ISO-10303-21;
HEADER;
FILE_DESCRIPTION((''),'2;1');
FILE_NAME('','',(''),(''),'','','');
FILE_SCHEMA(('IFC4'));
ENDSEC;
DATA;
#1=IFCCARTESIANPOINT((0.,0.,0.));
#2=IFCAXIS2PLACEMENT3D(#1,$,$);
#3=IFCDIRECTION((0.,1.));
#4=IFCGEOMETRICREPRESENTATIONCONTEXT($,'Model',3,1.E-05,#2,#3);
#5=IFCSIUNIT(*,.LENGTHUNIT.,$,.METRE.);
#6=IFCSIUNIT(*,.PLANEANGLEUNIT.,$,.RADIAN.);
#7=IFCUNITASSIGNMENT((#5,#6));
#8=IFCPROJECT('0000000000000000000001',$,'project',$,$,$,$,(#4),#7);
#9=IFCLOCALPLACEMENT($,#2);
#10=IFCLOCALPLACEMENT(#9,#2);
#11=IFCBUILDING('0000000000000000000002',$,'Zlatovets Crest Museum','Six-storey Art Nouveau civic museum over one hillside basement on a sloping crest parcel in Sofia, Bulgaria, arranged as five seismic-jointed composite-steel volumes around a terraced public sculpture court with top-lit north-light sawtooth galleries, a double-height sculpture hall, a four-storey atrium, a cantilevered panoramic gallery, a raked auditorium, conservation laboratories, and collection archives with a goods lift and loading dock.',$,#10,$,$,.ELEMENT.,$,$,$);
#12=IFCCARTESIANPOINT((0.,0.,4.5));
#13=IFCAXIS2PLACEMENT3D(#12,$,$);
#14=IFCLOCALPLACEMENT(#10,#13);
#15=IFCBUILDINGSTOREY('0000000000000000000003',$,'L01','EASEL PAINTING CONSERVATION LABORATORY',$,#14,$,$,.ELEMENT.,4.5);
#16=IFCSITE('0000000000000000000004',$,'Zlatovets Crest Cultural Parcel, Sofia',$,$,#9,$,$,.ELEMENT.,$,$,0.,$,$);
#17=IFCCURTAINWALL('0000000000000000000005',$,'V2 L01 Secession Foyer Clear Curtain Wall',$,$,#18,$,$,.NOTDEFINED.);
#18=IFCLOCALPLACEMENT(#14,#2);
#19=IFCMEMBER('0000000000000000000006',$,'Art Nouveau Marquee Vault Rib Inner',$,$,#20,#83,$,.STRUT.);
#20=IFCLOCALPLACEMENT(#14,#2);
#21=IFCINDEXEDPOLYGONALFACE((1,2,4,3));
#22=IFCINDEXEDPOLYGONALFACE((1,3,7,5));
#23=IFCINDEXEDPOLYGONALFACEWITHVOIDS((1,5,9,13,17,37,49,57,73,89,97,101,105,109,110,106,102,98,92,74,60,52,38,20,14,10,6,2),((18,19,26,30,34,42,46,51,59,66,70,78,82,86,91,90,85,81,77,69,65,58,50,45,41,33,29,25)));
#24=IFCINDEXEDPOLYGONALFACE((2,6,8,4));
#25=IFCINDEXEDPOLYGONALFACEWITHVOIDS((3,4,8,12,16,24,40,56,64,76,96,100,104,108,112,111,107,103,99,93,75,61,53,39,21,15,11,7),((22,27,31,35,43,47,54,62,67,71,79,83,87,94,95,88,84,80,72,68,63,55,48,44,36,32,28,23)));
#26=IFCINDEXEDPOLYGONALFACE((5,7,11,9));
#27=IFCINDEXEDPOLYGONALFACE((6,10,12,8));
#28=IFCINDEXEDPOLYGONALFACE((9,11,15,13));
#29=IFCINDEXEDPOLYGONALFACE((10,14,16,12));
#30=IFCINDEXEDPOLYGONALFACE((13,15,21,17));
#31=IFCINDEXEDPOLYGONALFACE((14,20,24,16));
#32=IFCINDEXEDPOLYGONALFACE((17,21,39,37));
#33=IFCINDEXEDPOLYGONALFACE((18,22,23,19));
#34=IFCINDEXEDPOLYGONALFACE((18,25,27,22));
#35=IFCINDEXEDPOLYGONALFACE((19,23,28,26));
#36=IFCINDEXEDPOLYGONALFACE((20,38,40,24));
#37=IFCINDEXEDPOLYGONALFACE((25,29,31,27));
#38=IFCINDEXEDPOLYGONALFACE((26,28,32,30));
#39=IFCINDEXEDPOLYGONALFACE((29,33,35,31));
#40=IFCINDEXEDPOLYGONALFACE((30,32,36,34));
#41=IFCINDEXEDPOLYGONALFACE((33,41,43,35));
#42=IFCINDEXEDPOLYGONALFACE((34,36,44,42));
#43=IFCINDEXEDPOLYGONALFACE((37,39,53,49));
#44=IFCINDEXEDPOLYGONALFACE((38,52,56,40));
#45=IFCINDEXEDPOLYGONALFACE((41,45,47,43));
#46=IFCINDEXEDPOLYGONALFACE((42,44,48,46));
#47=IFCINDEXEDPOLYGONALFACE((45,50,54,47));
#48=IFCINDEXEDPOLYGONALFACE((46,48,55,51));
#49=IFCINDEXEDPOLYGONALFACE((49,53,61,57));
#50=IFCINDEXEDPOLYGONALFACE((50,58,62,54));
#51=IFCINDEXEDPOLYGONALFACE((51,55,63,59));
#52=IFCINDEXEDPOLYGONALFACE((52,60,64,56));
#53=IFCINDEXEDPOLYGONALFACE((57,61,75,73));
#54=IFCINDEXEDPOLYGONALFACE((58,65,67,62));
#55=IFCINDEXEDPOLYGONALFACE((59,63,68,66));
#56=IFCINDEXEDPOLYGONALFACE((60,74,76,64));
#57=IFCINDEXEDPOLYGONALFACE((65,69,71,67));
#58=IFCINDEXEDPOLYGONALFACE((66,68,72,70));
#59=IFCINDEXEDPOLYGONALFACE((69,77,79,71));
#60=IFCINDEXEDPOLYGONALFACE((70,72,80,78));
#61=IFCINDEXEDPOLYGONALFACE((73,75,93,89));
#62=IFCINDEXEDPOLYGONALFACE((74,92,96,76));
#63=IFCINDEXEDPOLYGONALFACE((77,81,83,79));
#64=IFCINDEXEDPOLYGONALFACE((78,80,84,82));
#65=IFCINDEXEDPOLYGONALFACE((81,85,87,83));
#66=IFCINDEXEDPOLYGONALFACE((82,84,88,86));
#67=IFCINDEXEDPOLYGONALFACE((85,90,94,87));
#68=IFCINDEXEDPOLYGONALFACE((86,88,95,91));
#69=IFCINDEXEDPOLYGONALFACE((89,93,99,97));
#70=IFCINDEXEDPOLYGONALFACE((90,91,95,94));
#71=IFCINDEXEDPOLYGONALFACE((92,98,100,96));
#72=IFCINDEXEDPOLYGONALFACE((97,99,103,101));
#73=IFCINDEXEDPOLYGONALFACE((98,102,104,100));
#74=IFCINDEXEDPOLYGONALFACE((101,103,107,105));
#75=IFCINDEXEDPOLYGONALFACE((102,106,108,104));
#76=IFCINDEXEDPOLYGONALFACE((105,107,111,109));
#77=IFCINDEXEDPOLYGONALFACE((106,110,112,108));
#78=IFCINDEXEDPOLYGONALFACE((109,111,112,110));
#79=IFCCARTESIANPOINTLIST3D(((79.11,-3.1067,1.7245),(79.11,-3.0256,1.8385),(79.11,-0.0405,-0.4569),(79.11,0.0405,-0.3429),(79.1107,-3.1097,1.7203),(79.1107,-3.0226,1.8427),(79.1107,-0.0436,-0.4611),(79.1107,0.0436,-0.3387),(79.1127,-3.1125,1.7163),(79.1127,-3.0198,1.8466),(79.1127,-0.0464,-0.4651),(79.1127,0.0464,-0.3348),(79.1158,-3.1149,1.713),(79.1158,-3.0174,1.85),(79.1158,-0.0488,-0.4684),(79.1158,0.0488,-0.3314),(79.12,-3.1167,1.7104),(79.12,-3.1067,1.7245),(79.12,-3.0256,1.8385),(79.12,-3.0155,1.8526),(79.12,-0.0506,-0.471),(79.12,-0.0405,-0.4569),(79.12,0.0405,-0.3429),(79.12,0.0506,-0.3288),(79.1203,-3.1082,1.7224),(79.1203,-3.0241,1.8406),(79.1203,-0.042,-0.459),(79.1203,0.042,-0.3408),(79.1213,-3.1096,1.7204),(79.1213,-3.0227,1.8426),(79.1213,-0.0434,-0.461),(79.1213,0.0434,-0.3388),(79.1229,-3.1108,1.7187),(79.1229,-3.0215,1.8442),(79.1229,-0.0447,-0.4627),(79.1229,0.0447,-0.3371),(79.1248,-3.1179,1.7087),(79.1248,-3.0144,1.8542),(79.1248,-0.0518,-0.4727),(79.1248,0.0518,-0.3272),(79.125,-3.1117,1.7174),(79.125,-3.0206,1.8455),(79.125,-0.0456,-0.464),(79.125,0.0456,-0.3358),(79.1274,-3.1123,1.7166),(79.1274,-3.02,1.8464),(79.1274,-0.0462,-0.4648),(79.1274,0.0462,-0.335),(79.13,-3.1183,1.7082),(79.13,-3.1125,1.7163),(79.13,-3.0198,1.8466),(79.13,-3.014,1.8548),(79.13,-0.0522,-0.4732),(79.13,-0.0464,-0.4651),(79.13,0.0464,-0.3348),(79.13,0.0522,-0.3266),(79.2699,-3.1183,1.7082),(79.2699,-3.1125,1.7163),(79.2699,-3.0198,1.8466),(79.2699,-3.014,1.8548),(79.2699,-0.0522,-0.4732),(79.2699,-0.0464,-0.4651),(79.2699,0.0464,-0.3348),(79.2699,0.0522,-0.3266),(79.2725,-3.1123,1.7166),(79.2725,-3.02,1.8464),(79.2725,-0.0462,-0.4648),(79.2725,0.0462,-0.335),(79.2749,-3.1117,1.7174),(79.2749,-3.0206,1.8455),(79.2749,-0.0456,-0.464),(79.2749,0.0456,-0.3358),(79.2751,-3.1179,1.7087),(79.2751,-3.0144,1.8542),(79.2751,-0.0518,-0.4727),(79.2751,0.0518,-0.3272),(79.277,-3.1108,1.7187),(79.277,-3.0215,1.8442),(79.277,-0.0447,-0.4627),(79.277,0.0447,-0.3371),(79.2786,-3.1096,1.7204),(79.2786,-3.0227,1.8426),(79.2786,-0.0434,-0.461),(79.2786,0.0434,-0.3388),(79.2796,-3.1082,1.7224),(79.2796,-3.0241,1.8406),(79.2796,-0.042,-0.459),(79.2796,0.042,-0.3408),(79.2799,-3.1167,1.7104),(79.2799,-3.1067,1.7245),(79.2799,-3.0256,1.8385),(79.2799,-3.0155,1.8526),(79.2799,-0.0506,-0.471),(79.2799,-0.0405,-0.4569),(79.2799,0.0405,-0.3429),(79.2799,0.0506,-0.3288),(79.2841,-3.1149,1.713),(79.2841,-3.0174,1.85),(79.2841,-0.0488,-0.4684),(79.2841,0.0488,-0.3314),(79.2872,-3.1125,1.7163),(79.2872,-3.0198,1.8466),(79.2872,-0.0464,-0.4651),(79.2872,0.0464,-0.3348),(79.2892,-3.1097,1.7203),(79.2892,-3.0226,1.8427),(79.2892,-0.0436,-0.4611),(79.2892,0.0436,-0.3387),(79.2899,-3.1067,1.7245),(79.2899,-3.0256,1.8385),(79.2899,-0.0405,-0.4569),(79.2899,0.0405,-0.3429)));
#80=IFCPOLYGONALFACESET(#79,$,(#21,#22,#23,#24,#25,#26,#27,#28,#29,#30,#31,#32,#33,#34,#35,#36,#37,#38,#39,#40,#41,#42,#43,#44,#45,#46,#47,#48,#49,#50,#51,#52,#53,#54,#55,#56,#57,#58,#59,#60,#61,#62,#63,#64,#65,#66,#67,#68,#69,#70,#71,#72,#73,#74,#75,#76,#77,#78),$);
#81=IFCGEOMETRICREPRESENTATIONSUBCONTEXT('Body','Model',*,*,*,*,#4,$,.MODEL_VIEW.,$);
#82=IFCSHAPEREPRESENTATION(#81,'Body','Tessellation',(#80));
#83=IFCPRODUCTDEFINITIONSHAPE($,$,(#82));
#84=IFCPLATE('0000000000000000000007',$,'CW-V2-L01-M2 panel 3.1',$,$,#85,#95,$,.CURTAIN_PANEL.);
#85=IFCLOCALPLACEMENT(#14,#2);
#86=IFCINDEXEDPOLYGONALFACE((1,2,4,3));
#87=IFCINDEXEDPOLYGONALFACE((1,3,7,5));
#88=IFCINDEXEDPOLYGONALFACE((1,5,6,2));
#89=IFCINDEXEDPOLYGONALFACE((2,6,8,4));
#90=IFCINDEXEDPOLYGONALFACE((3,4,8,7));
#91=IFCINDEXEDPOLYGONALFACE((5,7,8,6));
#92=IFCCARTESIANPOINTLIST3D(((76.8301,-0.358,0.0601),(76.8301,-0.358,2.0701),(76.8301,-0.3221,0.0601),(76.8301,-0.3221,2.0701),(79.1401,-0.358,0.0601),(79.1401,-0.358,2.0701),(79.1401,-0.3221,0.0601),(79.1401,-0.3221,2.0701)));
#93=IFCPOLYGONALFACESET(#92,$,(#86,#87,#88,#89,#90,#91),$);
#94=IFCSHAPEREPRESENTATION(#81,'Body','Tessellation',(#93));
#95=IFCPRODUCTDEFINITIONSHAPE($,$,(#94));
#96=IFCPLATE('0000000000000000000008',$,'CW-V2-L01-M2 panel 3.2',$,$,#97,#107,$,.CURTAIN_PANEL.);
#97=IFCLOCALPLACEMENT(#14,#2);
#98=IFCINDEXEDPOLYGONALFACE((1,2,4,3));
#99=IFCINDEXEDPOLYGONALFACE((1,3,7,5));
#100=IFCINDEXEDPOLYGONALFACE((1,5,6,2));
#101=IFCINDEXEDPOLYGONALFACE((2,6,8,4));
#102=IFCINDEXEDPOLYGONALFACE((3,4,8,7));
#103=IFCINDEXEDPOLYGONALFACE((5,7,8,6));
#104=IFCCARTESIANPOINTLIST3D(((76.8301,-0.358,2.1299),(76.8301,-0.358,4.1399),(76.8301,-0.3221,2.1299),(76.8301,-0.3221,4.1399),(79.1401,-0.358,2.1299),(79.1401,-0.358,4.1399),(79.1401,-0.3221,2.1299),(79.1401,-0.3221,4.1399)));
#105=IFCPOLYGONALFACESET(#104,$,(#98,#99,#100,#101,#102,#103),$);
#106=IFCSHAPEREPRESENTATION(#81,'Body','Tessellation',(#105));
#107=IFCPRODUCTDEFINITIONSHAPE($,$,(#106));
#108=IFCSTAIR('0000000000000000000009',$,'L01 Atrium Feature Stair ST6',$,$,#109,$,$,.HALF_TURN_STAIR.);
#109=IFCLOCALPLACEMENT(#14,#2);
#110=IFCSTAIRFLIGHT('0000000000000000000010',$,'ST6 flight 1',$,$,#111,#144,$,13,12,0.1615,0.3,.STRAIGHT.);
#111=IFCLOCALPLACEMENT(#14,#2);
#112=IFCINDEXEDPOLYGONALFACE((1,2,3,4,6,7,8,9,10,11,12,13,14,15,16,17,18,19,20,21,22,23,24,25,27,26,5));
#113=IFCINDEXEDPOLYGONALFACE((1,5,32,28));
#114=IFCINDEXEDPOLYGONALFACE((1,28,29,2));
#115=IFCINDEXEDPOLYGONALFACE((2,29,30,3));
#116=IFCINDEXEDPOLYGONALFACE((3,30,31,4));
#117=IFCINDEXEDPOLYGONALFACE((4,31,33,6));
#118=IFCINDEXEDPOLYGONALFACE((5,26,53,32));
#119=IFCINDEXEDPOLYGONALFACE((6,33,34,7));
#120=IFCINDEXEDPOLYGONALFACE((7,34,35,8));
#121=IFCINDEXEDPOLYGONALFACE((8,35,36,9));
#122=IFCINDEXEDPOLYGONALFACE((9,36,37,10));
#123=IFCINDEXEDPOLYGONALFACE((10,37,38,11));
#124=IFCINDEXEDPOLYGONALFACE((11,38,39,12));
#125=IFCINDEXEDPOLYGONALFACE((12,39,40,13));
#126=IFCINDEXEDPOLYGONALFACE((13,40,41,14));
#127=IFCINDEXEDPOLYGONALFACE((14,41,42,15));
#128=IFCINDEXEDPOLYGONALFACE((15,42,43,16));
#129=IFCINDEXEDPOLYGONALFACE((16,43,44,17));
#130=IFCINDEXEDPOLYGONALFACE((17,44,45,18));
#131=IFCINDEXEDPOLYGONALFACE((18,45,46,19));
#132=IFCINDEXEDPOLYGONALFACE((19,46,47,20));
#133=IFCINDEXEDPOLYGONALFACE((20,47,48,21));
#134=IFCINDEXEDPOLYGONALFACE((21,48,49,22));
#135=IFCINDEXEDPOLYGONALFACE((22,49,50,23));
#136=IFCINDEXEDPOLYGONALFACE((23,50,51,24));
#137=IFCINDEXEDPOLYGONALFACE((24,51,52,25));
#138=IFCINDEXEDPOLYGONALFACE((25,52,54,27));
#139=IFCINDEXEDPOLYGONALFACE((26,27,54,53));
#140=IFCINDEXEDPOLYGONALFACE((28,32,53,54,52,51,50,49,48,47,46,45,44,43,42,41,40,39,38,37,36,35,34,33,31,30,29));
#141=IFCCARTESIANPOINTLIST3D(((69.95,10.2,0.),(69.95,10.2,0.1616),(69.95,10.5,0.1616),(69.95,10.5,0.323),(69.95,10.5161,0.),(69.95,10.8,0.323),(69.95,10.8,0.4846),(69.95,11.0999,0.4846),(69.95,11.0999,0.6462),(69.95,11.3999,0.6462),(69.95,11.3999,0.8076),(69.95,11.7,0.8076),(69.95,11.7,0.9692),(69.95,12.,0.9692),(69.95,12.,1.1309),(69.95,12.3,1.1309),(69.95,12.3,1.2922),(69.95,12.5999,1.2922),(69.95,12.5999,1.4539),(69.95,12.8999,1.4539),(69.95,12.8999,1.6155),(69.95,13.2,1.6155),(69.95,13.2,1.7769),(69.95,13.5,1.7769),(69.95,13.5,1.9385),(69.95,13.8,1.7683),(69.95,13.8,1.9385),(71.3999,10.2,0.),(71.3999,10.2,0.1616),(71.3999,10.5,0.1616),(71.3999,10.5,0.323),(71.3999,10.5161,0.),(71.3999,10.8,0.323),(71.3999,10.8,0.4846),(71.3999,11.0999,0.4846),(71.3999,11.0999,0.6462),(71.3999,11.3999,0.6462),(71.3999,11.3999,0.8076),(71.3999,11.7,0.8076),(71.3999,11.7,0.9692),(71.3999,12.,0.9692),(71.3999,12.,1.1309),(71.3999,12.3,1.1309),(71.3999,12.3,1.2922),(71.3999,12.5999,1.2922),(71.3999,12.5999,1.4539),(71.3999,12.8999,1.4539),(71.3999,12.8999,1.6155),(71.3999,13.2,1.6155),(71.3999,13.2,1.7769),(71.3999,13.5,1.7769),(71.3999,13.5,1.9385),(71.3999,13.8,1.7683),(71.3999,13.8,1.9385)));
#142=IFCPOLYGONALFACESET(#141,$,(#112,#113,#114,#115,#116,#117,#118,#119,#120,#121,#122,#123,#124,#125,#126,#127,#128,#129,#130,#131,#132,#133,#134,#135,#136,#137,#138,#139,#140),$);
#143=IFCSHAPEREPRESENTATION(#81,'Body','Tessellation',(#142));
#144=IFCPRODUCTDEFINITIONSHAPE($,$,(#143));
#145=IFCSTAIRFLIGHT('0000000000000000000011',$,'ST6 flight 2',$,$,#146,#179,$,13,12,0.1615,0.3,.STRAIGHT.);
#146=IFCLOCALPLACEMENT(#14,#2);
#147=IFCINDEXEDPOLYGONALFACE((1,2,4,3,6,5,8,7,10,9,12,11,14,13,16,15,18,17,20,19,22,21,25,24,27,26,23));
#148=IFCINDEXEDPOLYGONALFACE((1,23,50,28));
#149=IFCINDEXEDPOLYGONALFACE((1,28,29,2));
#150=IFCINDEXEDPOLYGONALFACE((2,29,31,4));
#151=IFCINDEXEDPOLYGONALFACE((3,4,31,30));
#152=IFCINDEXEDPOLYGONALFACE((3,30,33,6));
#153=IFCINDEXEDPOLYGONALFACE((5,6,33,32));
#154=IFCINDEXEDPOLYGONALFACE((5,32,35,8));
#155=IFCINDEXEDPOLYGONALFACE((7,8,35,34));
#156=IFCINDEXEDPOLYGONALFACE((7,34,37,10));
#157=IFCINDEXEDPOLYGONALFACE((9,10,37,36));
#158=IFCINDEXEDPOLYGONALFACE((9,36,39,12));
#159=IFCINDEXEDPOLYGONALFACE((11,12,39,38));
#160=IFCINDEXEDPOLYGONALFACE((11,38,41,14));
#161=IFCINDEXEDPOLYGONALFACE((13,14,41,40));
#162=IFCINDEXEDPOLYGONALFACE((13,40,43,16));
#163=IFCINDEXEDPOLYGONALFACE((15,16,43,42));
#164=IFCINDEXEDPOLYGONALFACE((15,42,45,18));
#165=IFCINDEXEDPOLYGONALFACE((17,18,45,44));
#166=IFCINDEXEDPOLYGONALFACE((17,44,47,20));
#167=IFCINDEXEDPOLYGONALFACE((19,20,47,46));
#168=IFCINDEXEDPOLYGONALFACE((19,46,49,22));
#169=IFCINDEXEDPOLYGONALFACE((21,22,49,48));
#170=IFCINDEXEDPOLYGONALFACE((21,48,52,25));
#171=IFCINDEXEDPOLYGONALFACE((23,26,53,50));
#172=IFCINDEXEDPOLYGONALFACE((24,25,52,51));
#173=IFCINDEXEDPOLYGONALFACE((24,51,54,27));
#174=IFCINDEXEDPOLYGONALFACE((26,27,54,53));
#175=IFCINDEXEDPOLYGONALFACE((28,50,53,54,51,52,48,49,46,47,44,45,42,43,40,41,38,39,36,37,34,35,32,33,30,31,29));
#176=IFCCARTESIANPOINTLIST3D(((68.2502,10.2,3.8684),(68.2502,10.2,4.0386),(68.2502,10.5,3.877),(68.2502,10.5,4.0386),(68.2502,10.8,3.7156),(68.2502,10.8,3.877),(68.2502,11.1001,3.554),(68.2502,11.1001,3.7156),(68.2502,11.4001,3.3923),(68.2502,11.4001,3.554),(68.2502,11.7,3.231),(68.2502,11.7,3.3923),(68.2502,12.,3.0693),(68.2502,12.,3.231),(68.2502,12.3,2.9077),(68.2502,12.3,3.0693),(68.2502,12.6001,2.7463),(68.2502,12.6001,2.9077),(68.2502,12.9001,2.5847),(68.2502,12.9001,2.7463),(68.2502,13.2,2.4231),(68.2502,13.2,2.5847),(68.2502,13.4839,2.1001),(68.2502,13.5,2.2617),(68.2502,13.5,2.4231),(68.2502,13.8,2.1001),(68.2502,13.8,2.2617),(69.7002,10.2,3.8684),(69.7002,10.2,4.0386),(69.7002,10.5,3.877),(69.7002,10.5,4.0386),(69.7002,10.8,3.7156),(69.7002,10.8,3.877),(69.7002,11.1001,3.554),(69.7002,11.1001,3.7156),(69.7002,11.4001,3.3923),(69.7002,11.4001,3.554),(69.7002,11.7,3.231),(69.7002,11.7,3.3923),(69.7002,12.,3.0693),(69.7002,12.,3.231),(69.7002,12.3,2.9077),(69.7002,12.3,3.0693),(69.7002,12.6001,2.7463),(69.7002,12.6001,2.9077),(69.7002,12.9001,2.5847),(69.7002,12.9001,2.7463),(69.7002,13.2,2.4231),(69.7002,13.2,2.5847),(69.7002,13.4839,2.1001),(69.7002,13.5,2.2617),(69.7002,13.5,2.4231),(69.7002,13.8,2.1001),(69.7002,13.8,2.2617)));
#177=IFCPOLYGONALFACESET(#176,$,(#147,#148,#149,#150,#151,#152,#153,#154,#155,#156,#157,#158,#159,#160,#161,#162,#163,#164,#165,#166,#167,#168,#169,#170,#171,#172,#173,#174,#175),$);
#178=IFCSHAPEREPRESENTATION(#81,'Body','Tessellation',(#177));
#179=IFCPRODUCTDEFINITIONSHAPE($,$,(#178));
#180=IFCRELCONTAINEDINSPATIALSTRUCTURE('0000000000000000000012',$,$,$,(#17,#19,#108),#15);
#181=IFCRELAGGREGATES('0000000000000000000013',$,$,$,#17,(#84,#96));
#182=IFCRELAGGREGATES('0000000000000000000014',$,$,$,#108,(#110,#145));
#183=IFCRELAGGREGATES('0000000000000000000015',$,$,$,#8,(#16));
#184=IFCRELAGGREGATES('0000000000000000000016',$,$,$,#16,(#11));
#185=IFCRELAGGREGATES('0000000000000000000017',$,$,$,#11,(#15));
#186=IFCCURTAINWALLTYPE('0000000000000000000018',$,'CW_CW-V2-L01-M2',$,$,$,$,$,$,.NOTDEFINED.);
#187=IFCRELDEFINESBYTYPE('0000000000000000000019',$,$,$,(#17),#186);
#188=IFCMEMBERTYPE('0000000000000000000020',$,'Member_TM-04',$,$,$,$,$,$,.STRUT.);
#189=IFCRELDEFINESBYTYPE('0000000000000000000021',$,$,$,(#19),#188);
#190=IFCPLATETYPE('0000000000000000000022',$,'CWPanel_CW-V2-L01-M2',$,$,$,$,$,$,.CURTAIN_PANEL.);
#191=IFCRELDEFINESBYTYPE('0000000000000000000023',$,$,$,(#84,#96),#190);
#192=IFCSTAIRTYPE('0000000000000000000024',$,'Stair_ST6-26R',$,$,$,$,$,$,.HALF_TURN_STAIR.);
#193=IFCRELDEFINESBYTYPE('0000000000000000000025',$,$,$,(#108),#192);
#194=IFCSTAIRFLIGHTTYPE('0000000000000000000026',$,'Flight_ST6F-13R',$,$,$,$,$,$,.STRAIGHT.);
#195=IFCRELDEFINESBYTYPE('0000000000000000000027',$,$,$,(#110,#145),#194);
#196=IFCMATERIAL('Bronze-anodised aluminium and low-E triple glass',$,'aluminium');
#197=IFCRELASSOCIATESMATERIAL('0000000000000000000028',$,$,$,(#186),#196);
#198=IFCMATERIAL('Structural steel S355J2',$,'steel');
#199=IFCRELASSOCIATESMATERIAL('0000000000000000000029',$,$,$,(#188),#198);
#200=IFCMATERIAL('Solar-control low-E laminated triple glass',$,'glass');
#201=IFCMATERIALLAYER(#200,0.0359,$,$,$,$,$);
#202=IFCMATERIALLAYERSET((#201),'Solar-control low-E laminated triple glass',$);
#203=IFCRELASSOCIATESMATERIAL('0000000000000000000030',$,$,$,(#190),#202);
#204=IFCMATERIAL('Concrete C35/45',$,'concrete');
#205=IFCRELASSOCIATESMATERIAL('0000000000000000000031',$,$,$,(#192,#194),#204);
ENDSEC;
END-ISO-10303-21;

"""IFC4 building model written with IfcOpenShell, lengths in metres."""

from ifc_helpers import new_model, si_unit, direction, frame, origin, origin_2d, place, context, subcontext, project, spatial, polyline, rectangle, hollow_rectangle, outline, extrude, material, layer, layer_set, material_profile, profile_set, type_object, element, aggregate, save


model = new_model("IFC4")

# Units and contexts
model_context = context("Model", 3, precision=1e-05, world=origin(), true_north=direction((0.0, 1.0)))
body_context = subcontext(model_context, "Body", "Model", "MODEL_VIEW")
ifc_project = project(units=[si_unit("LENGTHUNIT", "METRE"), si_unit("PLANEANGLEUNIT", "RADIAN")], contexts=[model_context])

# Site, building, storey
site_placement = place(None, origin())
site = spatial("IfcSite", under=ifc_project, at=site_placement, Name="Zlatovets Crest Cultural Parcel, Sofia", CompositionType="ELEMENT", RefElevation=0.0)
building_placement = place(site_placement, origin())
building = spatial("IfcBuilding", under=site, at=building_placement, Name="Zlatovets Crest Museum", Description="Six-storey Art Nouveau civic museum over one hillside basement on a sloping crest parcel in Sofia, Bulgaria, arranged as five seismic-jointed composite-steel volumes around a terraced public sculpture court with top-lit north-light sawtooth galleries, a double-height sculpture hall, a four-storey atrium, a cantilevered panoramic gallery, a raked auditorium, conservation laboratories, and collection archives with a goods lift and loading dock.", CompositionType="ELEMENT")
storey_placement = place(building_placement, frame((0.0, 0.0, 4.5)))
storey = spatial("IfcBuildingStorey", under=building, at=storey_placement, Name="L01", Description="EASEL PAINTING CONSERVATION LABORATORY", CompositionType="ELEMENT", Elevation=4.5)

# Shared definitions
ifc_material_1 = material(Name="Structural steel S355J2", Category="steel")

# Curtain wall
ifc_material_2 = material(Name="Bronze-anodised aluminium and low-E triple glass", Category="aluminium")
curtain_wall_type = type_object("IfcCurtainWallType", Name="CW_CW-V2-L01-M2", PredefinedType="NOTDEFINED", material=ifc_material_2)
curtain_wall_placement = place(storey_placement, origin())
curtain_wall = element("IfcCurtainWall", 1, at=curtain_wall_placement, inside=storey, type_object=curtain_wall_type, Name="V2 L01 Secession Foyer Clear Curtain Wall", PredefinedType="NOTDEFINED")

# Member
ifc_material_profile_1 = material_profile(ifc_material_1, hollow_rectangle(XDim=0.1799, YDim=0.1799, WallThickness=0.01, InnerFilletRadius=0.01, OuterFilletRadius=0.02, at=origin_2d()), Name="SHS 180x180x10.0")
ifc_profile_set_1 = profile_set([ifc_material_profile_1], Name="Structural steel S355J2")
member_type_1 = type_object("IfcMemberType", Name="Member_TM-04", PredefinedType="STRUT", material=ifc_profile_set_1)
member_1_placement = place(storey_placement, frame((79.2, 0.0, -0.3999), z_axis=(0.0, -0.814828, 0.579703), x_axis=(1.0, 0.0, 0.0)))
element("IfcMember", 2, at=member_1_placement, inside=storey, type_object=member_type_1, Name="Art Nouveau Marquee Vault Rib Inner", PredefinedType="STRUT", context=body_context, shape_type="SweptSolid", body=[
    extrude(hollow_rectangle(XDim=0.1799, YDim=0.1799, WallThickness=0.01, InnerFilletRadius=0.01, OuterFilletRadius=0.02, at=origin_2d()), origin(), (0.0, 0.0, 1.0), 3.7629),
])

# Plates
ifc_material_3 = material(Name="Solar-control low-E laminated triple glass", Category="glass")
ifc_layer = layer(ifc_material_3, 0.0359)
ifc_layer_set = layer_set([ifc_layer], Name="Solar-control low-E laminated triple glass")
plate_type = type_object("IfcPlateType", Name="CWPanel_CW-V2-L01-M2", PredefinedType="CURTAIN_PANEL", material=ifc_layer_set)
plate_1_placement = place(storey_placement, frame((77.9851, -0.3401, 0.0601), z_axis=(0.0, 0.0, 1.0), x_axis=(1.0, 0.0, 0.0)))
plate_1 = element("IfcPlate", 3, at=plate_1_placement, type_object=plate_type, Name="CW-V2-L01-M2 panel 3.1", PredefinedType="CURTAIN_PANEL", context=body_context, shape_type="SweptSolid", body=[
    extrude(rectangle(XDim=2.3101, YDim=0.0359, at=origin_2d()), origin(), (0.0, 0.0, 1.0), 2.01),
])
plate_2_placement = place(storey_placement, frame((77.9851, -0.3401, 2.1299), z_axis=(0.0, 0.0, 1.0), x_axis=(1.0, 0.0, 0.0)))
plate_2 = element("IfcPlate", 4, at=plate_2_placement, type_object=plate_type, Name="CW-V2-L01-M2 panel 3.2", PredefinedType="CURTAIN_PANEL", context=body_context, shape_type="SweptSolid", body=[
    extrude(rectangle(XDim=2.3101, YDim=0.0359, at=origin_2d()), origin(), (0.0, 0.0, 1.0), 2.01),
])
aggregate(curtain_wall, [plate_1, plate_2])

# Stair, stair flights
ifc_material_4 = material(Name="Concrete C35/45", Category="concrete")
stair_type = type_object("IfcStairType", Name="Stair_ST6-26R", PredefinedType="HALF_TURN_STAIR", material=ifc_material_4)
stair_placement = place(storey_placement, origin())
stair = element("IfcStair", 5, at=stair_placement, inside=storey, type_object=stair_type, Name="L01 Atrium Feature Stair ST6", PredefinedType="HALF_TURN_STAIR")
stair_flight_type = type_object("IfcStairFlightType", Name="Flight_ST6F-13R", PredefinedType="STRAIGHT", material=ifc_material_4)
stair_flight_1_placement = place(storey_placement, frame((70.675, 10.2, 0.0), z_axis=(0.0, 0.0, 1.0), x_axis=(0.0, 1.0, 0.0)))
stair_flight_1 = element("IfcStairFlight", 6, at=stair_flight_1_placement, type_object=stair_flight_type, Name="ST6 flight 1", NumberOfRisers=13, NumberOfTreads=12, PredefinedType="STRAIGHT", RiserHeight=0.1615, TreadLength=0.3, context=body_context, shape_type="SweptSolid", body=[
    extrude(outline(polyline([(0.0, 0.0), (0.0, 0.1616), (0.3, 0.1616), (0.3, 0.323), (0.6001, 0.323), (0.6001, 0.4846), (0.8999, 0.4846), (0.8999, 0.6462), (1.2, 0.6462), (1.2, 0.8076), (1.5, 0.8076), (1.5, 0.9692), (1.8, 0.9692), (1.8, 1.1309), (2.1001, 1.1309), (2.1001, 1.2922), (2.3999, 1.2922), (2.3999, 1.4539), (2.7, 1.4539), (2.7, 1.6155), (3.0, 1.6155), (3.0, 1.7769), (3.3, 1.7769), (3.3, 1.9385), (3.6001, 1.9385), (3.6001, 2.1001), (3.6001, 1.7683), (0.3162, 0.0), (0.0, 0.0)])), frame((0.0, 0.7251, 0.0), z_axis=(0.0, -1.0, 0.0), x_axis=(1.0, 0.0, 0.0)), (0.0, 0.0, 1.0), 1.45),
])
stair_flight_2_placement = place(storey_placement, frame((68.9751, 13.8, 2.1001), z_axis=(0.0, 0.0, 1.0), x_axis=(0.0, -1.0, 0.0)))
stair_flight_2 = element("IfcStairFlight", 7, at=stair_flight_2_placement, type_object=stair_flight_type, Name="ST6 flight 2", NumberOfRisers=13, NumberOfTreads=12, PredefinedType="STRAIGHT", RiserHeight=0.1615, TreadLength=0.3, context=body_context, shape_type="SweptSolid", body=[
    extrude(outline(polyline([(0.0, 0.0), (0.0, 0.1616), (0.3, 0.1616), (0.3, 0.323), (0.6001, 0.323), (0.6001, 0.4846), (0.8999, 0.4846), (0.8999, 0.6462), (1.2, 0.6462), (1.2, 0.8076), (1.5, 0.8076), (1.5, 0.9692), (1.8, 0.9692), (1.8, 1.1309), (2.1001, 1.1309), (2.1001, 1.2922), (2.3999, 1.2922), (2.3999, 1.4539), (2.7, 1.4539), (2.7, 1.6155), (3.0, 1.6155), (3.0, 1.7769), (3.3, 1.7769), (3.3, 1.9385), (3.6001, 1.9385), (3.6001, 2.1001), (3.6001, 1.7683), (0.3162, 0.0), (0.0, 0.0)])), frame((0.0, 0.7251, 0.0), z_axis=(0.0, -1.0, 0.0), x_axis=(1.0, 0.0, 0.0)), (0.0, 0.0, 1.0), 1.45),
])
aggregate(stair, [stair_flight_1, stair_flight_2])

save(model, "model.ifc")
